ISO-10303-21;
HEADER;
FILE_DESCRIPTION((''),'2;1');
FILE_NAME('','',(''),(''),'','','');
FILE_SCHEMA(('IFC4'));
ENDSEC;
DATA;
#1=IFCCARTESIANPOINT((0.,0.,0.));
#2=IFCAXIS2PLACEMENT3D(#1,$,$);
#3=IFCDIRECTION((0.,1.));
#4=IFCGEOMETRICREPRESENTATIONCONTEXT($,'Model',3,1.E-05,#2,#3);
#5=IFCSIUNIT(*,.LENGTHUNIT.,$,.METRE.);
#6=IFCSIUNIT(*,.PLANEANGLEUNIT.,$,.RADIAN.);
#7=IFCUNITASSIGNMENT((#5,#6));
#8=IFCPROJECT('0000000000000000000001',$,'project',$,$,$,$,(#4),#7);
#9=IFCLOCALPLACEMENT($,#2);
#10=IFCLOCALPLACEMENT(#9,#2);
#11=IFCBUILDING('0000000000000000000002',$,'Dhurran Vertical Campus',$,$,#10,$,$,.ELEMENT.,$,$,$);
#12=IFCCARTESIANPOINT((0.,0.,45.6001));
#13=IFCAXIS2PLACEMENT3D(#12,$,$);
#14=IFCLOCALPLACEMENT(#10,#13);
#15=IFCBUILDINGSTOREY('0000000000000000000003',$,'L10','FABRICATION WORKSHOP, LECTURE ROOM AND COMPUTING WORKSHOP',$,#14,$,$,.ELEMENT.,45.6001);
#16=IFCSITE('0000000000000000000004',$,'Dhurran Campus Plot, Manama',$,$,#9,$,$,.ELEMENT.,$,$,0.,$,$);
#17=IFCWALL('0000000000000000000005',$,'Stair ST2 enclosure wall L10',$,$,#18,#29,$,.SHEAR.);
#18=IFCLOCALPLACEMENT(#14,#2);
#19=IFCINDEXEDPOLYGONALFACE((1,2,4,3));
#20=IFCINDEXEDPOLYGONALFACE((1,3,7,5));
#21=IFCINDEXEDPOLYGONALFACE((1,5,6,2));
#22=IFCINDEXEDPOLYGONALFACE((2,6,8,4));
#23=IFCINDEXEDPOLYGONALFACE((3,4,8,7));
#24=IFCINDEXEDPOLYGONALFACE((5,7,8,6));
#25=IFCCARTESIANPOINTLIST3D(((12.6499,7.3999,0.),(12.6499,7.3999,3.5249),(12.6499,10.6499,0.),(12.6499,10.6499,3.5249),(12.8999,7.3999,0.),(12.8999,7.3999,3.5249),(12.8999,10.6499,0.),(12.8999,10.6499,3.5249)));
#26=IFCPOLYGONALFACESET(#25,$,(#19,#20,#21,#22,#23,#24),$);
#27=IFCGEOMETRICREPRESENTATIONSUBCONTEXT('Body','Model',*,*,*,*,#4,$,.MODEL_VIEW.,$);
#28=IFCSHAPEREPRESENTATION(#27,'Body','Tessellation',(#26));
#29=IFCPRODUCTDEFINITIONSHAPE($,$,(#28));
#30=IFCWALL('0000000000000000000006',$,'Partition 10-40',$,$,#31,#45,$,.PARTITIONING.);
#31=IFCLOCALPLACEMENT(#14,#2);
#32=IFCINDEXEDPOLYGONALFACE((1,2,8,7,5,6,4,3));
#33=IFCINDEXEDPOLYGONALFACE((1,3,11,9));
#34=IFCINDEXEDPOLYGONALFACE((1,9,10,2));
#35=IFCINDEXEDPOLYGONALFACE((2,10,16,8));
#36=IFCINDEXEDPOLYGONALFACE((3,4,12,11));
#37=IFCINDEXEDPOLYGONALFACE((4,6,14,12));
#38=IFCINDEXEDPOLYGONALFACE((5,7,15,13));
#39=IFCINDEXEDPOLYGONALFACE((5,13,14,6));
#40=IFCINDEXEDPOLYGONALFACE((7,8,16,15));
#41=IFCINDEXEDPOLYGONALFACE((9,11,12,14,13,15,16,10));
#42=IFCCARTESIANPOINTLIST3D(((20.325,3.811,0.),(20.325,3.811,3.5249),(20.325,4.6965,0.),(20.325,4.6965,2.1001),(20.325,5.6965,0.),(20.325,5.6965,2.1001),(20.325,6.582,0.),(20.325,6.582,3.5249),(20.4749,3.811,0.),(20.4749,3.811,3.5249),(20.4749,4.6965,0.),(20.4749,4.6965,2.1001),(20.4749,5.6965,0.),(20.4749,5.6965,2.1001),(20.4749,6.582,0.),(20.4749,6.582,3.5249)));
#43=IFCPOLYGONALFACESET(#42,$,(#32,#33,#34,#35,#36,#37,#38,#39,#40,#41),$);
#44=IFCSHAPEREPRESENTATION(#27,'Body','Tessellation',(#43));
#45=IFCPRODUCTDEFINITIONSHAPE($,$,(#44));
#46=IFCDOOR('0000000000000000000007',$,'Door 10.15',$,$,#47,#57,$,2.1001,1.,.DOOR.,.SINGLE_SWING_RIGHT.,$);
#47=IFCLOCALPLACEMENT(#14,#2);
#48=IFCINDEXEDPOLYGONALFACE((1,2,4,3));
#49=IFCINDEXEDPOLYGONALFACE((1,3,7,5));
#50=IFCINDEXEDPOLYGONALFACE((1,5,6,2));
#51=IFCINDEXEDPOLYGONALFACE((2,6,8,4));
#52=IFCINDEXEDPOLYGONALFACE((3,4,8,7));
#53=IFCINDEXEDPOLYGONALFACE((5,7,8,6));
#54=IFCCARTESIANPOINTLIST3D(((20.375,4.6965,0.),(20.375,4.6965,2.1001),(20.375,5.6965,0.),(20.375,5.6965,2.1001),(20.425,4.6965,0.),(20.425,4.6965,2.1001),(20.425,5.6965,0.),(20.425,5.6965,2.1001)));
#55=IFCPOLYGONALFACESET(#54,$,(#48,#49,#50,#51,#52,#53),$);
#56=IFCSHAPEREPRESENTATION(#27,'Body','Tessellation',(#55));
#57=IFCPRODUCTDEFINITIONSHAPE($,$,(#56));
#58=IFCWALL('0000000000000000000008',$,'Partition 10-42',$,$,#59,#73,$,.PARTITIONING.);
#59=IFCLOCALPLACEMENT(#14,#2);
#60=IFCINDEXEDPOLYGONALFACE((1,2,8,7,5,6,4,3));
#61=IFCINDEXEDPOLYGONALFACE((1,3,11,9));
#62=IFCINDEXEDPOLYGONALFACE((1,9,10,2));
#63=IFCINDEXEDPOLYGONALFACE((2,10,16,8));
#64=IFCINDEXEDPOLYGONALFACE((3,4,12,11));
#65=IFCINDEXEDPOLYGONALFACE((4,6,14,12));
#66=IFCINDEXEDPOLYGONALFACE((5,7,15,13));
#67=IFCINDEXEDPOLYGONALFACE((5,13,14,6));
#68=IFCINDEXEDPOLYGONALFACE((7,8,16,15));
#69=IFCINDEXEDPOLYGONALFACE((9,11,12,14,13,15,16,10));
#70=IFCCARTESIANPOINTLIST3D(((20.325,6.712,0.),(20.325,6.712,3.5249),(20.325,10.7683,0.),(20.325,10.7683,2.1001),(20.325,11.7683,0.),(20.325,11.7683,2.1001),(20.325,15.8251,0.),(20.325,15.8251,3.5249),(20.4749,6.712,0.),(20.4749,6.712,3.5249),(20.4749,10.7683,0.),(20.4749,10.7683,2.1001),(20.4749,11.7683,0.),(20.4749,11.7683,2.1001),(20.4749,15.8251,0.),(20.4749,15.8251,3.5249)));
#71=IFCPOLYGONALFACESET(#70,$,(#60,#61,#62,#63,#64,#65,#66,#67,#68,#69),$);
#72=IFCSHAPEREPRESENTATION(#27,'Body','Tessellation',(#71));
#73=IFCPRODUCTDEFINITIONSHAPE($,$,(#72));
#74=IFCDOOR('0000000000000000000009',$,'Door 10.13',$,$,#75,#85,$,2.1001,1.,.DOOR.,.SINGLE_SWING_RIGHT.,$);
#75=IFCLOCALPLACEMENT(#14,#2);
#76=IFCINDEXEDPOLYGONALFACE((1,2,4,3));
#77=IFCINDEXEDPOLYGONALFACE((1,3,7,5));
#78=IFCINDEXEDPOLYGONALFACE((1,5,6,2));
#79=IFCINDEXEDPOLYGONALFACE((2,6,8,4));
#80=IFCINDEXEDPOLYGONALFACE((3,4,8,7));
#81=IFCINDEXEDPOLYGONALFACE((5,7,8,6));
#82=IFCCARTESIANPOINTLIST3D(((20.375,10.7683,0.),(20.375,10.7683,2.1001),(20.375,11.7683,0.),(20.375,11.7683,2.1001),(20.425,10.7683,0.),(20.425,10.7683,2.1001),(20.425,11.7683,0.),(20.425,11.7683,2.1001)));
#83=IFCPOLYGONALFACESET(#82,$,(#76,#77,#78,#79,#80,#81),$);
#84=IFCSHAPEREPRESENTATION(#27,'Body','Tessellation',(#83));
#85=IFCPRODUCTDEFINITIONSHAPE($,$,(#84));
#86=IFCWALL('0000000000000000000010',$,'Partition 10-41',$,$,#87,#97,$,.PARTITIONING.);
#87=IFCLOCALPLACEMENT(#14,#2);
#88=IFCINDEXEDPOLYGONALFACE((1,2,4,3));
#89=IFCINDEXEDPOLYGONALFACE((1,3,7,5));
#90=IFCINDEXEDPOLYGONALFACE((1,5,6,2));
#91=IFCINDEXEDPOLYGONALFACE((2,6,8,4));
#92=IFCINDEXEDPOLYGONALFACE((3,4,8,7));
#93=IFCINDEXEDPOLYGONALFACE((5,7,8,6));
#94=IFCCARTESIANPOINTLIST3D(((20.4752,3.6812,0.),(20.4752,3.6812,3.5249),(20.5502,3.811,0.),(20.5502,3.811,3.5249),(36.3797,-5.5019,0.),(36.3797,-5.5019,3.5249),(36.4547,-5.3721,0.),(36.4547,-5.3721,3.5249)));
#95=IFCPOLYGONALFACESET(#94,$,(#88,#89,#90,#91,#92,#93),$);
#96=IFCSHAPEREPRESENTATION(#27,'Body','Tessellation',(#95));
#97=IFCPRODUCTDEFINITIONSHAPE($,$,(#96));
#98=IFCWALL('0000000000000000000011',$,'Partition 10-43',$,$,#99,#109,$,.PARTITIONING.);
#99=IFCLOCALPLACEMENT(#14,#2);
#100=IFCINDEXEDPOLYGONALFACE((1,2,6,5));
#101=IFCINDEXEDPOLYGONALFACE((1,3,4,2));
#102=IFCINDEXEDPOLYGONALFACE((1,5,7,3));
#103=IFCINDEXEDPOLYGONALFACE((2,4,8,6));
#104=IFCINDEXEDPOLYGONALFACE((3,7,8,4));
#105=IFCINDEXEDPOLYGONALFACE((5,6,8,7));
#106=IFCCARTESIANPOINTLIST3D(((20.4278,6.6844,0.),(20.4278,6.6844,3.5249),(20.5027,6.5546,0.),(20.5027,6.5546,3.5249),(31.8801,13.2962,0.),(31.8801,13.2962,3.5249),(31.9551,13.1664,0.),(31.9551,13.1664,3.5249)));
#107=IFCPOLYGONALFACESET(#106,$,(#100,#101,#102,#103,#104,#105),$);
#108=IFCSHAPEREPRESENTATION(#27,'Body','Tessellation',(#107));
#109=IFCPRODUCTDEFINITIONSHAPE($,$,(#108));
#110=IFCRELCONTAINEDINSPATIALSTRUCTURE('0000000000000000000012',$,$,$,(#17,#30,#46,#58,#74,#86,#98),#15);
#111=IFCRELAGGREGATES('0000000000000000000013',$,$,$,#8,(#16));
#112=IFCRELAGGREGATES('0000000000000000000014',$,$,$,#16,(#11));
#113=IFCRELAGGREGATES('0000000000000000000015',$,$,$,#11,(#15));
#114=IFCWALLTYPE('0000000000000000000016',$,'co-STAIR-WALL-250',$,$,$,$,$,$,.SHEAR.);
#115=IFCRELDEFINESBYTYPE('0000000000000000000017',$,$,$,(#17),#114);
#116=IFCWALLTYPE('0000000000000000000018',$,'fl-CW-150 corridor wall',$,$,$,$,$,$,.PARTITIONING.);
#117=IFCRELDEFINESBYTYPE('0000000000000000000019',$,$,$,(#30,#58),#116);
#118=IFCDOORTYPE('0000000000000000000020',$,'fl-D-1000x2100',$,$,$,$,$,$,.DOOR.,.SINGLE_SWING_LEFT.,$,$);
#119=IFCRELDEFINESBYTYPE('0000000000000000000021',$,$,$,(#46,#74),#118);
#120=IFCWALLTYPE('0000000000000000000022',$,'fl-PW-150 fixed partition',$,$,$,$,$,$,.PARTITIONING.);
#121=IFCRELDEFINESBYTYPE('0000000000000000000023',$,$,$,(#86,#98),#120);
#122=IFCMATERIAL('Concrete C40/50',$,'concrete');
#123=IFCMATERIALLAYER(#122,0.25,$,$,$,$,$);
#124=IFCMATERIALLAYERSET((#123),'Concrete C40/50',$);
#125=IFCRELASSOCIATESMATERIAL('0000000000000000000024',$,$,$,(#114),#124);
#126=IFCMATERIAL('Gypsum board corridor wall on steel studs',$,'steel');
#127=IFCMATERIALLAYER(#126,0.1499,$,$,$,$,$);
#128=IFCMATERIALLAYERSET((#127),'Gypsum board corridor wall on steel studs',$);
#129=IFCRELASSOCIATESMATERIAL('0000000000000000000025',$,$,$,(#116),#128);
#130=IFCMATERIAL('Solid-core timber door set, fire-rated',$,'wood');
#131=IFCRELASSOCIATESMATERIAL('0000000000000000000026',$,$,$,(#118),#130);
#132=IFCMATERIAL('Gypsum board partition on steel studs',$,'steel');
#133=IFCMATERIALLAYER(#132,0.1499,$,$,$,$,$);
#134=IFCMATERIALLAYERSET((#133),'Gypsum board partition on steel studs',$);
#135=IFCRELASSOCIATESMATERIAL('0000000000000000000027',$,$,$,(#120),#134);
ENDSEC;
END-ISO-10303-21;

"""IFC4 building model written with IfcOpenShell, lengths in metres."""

from ifc_helpers import new_model, si_unit, direction, frame, frame_2d, origin, place, context, subcontext, project, spatial, rectangle, extrude, material, layer, layer_set, type_object, element, fill, save


model = new_model("IFC4")

# Units and contexts
model_context = context("Model", 3, precision=1e-05, world=origin(), true_north=direction((0.0, 1.0)))
body_context = subcontext(model_context, "Body", "Model", "MODEL_VIEW")
ifc_project = project(units=[si_unit("LENGTHUNIT", "METRE"), si_unit("PLANEANGLEUNIT", "RADIAN")], contexts=[model_context])

# Site, building, storey
site_placement = place(None, origin())
site = spatial("IfcSite", under=ifc_project, at=site_placement, Name="Dhurran Campus Plot, Manama", CompositionType="ELEMENT", RefElevation=0.0)
building_placement = place(site_placement, origin())
building = spatial("IfcBuilding", under=site, at=building_placement, Name="Dhurran Vertical Campus", CompositionType="ELEMENT")
storey_placement = place(building_placement, frame((0.0, 0.0, 45.6001)))
storey = spatial("IfcBuildingStorey", under=building, at=storey_placement, Name="L10", Description="FABRICATION WORKSHOP, LECTURE ROOM AND COMPUTING WORKSHOP", CompositionType="ELEMENT", Elevation=45.6001)

# Wall
ifc_material_1 = material(Name="Concrete C40/50", Category="concrete")
ifc_layer_1 = layer(ifc_material_1, 0.25)
ifc_layer_set_1 = layer_set([ifc_layer_1], Name="Concrete C40/50")
wall_type_1 = type_object("IfcWallType", Name="co-STAIR-WALL-250", PredefinedType="SHEAR", material=ifc_layer_set_1)
wall_1_placement = place(storey_placement, frame((12.7749, 7.3999, 0.0), z_axis=(0.0, 0.0, 1.0), x_axis=(0.0, 1.0, 0.0)))
element("IfcWall", 1, at=wall_1_placement, inside=storey, type_object=wall_type_1, Name="Stair ST2 enclosure wall L10", PredefinedType="SHEAR", context=body_context, shape_type="SweptSolid", body=[
    extrude(rectangle(XDim=3.25, YDim=0.25, at=frame_2d((1.625, 0.0))), origin(), (0.0, 0.0, 1.0), 3.5249),
])

# Walls, openings, doors
ifc_material_2 = material(Name="Gypsum board corridor wall on steel studs", Category="steel")
ifc_layer_2 = layer(ifc_material_2, 0.1499)
ifc_layer_set_2 = layer_set([ifc_layer_2], Name="Gypsum board corridor wall on steel studs")
wall_type_2 = type_object("IfcWallType", Name="fl-CW-150 corridor wall", PredefinedType="PARTITIONING", material=ifc_layer_set_2)
wall_2_placement = place(storey_placement, frame((20.3999, 3.811, 0.0), z_axis=(0.0, 0.0, 1.0), x_axis=(0.0, 1.0, 0.0)))
wall_2 = element("IfcWall", 2, at=wall_2_placement, inside=storey, type_object=wall_type_2, Name="Partition 10-40", PredefinedType="PARTITIONING", context=body_context, shape_type="SweptSolid", body=[
    extrude(rectangle(XDim=2.771, YDim=0.1499, at=frame_2d((1.3855, 0.0))), origin(), (0.0, 0.0, 1.0), 3.5249),
])
opening_1_placement = place(wall_2_placement, frame((0.8855, 0.0, 0.0)))
opening_1 = element("IfcOpeningElement", 3, at=opening_1_placement, cuts=wall_2, PredefinedType="OPENING", context=body_context, shape_type="SweptSolid", body=[
    extrude(rectangle(XDim=1.0, YDim=2.1001, at=frame_2d((0.5, 1.05))), frame((0.0, 0.085, 0.0), z_axis=(0.0, -1.0, 0.0), x_axis=(1.0, 0.0, 0.0)), (0.0, 0.0, 1.0), 0.1699),
])
ifc_material_3 = material(Name="Solid-core timber door set, fire-rated", Category="wood")
door_type_1 = type_object("IfcDoorType", Name="fl-D-1000x2100", OperationType="SINGLE_SWING_LEFT", PredefinedType="DOOR", material=ifc_material_3)
door_1_placement = place(opening_1_placement, origin())
door_1 = element("IfcDoor", 4, at=door_1_placement, inside=storey, type_object=door_type_1, Name="Door 10.15", OperationType="SINGLE_SWING_RIGHT", OverallHeight=2.1001, OverallWidth=1.0, PredefinedType="DOOR", context=body_context, shape_type="SweptSolid", body=[
    extrude(rectangle(XDim=1.0, YDim=2.1001, at=frame_2d((0.5, 1.05))), frame((0.0, 0.0249, 0.0), z_axis=(0.0, -1.0, 0.0), x_axis=(1.0, 0.0, 0.0)), (0.0, 0.0, 1.0), 0.05),
])
fill(opening_1, door_1)
wall_3_placement = place(storey_placement, frame((20.3999, 6.7119, 0.0), z_axis=(0.0, 0.0, 1.0), x_axis=(0.0, 1.0, 0.0)))
wall_3 = element("IfcWall", 5, at=wall_3_placement, inside=storey, type_object=wall_type_2, Name="Partition 10-42", PredefinedType="PARTITIONING", context=body_context, shape_type="SweptSolid", body=[
    extrude(rectangle(XDim=9.113, YDim=0.1499, at=frame_2d((4.5566, 0.0))), origin(), (0.0, 0.0, 1.0), 3.5249),
])
opening_2_placement = place(wall_3_placement, frame((4.0564, 0.0, 0.0)))
opening_2 = element("IfcOpeningElement", 6, at=opening_2_placement, cuts=wall_3, PredefinedType="OPENING", context=body_context, shape_type="SweptSolid", body=[
    extrude(rectangle(XDim=1.0, YDim=2.1001, at=frame_2d((0.5, 1.05))), frame((0.0, 0.085, 0.0), z_axis=(0.0, -1.0, 0.0), x_axis=(1.0, 0.0, 0.0)), (0.0, 0.0, 1.0), 0.1699),
])
door_2_placement = place(opening_2_placement, origin())
door_2 = element("IfcDoor", 7, at=door_2_placement, inside=storey, type_object=door_type_1, Name="Door 10.13", OperationType="SINGLE_SWING_RIGHT", OverallHeight=2.1001, OverallWidth=1.0, PredefinedType="DOOR", context=body_context, shape_type="SweptSolid", body=[
    extrude(rectangle(XDim=1.0, YDim=2.1001, at=frame_2d((0.5, 1.05))), frame((0.0, 0.0249, 0.0), z_axis=(0.0, -1.0, 0.0), x_axis=(1.0, 0.0, 0.0)), (0.0, 0.0, 1.0), 0.05),
])
fill(opening_2, door_2)

# Walls
ifc_material_4 = material(Name="Gypsum board partition on steel studs", Category="steel")
ifc_layer_3 = layer(ifc_material_4, 0.1499)
ifc_layer_set_3 = layer_set([ifc_layer_3], Name="Gypsum board partition on steel studs")
wall_type_3 = type_object("IfcWallType", Name="fl-PW-150 fixed partition", PredefinedType="PARTITIONING", material=ifc_layer_set_3)
wall_4_placement = place(storey_placement, frame((20.5127, 3.7461, 0.0), z_axis=(0.0, 0.0, 1.0), x_axis=(0.866011, -0.500025, 0.0)))
element("IfcWall", 8, at=wall_4_placement, inside=storey, type_object=wall_type_3, Name="Partition 10-41", PredefinedType="PARTITIONING", context=body_context, shape_type="SweptSolid", body=[
    extrude(rectangle(XDim=18.3652, YDim=0.1499, at=frame_2d((9.1826, 0.0))), origin(), (0.0, 0.0, 1.0), 3.5249),
])
wall_5_placement = place(storey_placement, frame((31.9175, 13.2312, 0.0), z_axis=(0.0, 0.0, 1.0), x_axis=(-0.866033, -0.499987, 0.0)))
element("IfcWall", 9, at=wall_5_placement, inside=storey, type_object=wall_type_3, Name="Partition 10-43", PredefinedType="PARTITIONING", context=body_context, shape_type="SweptSolid", body=[
    extrude(rectangle(XDim=13.2239, YDim=0.1499, at=frame_2d((6.6118, 0.0))), origin(), (0.0, 0.0, 1.0), 3.5249),
])

save(model, "model.ifc")
